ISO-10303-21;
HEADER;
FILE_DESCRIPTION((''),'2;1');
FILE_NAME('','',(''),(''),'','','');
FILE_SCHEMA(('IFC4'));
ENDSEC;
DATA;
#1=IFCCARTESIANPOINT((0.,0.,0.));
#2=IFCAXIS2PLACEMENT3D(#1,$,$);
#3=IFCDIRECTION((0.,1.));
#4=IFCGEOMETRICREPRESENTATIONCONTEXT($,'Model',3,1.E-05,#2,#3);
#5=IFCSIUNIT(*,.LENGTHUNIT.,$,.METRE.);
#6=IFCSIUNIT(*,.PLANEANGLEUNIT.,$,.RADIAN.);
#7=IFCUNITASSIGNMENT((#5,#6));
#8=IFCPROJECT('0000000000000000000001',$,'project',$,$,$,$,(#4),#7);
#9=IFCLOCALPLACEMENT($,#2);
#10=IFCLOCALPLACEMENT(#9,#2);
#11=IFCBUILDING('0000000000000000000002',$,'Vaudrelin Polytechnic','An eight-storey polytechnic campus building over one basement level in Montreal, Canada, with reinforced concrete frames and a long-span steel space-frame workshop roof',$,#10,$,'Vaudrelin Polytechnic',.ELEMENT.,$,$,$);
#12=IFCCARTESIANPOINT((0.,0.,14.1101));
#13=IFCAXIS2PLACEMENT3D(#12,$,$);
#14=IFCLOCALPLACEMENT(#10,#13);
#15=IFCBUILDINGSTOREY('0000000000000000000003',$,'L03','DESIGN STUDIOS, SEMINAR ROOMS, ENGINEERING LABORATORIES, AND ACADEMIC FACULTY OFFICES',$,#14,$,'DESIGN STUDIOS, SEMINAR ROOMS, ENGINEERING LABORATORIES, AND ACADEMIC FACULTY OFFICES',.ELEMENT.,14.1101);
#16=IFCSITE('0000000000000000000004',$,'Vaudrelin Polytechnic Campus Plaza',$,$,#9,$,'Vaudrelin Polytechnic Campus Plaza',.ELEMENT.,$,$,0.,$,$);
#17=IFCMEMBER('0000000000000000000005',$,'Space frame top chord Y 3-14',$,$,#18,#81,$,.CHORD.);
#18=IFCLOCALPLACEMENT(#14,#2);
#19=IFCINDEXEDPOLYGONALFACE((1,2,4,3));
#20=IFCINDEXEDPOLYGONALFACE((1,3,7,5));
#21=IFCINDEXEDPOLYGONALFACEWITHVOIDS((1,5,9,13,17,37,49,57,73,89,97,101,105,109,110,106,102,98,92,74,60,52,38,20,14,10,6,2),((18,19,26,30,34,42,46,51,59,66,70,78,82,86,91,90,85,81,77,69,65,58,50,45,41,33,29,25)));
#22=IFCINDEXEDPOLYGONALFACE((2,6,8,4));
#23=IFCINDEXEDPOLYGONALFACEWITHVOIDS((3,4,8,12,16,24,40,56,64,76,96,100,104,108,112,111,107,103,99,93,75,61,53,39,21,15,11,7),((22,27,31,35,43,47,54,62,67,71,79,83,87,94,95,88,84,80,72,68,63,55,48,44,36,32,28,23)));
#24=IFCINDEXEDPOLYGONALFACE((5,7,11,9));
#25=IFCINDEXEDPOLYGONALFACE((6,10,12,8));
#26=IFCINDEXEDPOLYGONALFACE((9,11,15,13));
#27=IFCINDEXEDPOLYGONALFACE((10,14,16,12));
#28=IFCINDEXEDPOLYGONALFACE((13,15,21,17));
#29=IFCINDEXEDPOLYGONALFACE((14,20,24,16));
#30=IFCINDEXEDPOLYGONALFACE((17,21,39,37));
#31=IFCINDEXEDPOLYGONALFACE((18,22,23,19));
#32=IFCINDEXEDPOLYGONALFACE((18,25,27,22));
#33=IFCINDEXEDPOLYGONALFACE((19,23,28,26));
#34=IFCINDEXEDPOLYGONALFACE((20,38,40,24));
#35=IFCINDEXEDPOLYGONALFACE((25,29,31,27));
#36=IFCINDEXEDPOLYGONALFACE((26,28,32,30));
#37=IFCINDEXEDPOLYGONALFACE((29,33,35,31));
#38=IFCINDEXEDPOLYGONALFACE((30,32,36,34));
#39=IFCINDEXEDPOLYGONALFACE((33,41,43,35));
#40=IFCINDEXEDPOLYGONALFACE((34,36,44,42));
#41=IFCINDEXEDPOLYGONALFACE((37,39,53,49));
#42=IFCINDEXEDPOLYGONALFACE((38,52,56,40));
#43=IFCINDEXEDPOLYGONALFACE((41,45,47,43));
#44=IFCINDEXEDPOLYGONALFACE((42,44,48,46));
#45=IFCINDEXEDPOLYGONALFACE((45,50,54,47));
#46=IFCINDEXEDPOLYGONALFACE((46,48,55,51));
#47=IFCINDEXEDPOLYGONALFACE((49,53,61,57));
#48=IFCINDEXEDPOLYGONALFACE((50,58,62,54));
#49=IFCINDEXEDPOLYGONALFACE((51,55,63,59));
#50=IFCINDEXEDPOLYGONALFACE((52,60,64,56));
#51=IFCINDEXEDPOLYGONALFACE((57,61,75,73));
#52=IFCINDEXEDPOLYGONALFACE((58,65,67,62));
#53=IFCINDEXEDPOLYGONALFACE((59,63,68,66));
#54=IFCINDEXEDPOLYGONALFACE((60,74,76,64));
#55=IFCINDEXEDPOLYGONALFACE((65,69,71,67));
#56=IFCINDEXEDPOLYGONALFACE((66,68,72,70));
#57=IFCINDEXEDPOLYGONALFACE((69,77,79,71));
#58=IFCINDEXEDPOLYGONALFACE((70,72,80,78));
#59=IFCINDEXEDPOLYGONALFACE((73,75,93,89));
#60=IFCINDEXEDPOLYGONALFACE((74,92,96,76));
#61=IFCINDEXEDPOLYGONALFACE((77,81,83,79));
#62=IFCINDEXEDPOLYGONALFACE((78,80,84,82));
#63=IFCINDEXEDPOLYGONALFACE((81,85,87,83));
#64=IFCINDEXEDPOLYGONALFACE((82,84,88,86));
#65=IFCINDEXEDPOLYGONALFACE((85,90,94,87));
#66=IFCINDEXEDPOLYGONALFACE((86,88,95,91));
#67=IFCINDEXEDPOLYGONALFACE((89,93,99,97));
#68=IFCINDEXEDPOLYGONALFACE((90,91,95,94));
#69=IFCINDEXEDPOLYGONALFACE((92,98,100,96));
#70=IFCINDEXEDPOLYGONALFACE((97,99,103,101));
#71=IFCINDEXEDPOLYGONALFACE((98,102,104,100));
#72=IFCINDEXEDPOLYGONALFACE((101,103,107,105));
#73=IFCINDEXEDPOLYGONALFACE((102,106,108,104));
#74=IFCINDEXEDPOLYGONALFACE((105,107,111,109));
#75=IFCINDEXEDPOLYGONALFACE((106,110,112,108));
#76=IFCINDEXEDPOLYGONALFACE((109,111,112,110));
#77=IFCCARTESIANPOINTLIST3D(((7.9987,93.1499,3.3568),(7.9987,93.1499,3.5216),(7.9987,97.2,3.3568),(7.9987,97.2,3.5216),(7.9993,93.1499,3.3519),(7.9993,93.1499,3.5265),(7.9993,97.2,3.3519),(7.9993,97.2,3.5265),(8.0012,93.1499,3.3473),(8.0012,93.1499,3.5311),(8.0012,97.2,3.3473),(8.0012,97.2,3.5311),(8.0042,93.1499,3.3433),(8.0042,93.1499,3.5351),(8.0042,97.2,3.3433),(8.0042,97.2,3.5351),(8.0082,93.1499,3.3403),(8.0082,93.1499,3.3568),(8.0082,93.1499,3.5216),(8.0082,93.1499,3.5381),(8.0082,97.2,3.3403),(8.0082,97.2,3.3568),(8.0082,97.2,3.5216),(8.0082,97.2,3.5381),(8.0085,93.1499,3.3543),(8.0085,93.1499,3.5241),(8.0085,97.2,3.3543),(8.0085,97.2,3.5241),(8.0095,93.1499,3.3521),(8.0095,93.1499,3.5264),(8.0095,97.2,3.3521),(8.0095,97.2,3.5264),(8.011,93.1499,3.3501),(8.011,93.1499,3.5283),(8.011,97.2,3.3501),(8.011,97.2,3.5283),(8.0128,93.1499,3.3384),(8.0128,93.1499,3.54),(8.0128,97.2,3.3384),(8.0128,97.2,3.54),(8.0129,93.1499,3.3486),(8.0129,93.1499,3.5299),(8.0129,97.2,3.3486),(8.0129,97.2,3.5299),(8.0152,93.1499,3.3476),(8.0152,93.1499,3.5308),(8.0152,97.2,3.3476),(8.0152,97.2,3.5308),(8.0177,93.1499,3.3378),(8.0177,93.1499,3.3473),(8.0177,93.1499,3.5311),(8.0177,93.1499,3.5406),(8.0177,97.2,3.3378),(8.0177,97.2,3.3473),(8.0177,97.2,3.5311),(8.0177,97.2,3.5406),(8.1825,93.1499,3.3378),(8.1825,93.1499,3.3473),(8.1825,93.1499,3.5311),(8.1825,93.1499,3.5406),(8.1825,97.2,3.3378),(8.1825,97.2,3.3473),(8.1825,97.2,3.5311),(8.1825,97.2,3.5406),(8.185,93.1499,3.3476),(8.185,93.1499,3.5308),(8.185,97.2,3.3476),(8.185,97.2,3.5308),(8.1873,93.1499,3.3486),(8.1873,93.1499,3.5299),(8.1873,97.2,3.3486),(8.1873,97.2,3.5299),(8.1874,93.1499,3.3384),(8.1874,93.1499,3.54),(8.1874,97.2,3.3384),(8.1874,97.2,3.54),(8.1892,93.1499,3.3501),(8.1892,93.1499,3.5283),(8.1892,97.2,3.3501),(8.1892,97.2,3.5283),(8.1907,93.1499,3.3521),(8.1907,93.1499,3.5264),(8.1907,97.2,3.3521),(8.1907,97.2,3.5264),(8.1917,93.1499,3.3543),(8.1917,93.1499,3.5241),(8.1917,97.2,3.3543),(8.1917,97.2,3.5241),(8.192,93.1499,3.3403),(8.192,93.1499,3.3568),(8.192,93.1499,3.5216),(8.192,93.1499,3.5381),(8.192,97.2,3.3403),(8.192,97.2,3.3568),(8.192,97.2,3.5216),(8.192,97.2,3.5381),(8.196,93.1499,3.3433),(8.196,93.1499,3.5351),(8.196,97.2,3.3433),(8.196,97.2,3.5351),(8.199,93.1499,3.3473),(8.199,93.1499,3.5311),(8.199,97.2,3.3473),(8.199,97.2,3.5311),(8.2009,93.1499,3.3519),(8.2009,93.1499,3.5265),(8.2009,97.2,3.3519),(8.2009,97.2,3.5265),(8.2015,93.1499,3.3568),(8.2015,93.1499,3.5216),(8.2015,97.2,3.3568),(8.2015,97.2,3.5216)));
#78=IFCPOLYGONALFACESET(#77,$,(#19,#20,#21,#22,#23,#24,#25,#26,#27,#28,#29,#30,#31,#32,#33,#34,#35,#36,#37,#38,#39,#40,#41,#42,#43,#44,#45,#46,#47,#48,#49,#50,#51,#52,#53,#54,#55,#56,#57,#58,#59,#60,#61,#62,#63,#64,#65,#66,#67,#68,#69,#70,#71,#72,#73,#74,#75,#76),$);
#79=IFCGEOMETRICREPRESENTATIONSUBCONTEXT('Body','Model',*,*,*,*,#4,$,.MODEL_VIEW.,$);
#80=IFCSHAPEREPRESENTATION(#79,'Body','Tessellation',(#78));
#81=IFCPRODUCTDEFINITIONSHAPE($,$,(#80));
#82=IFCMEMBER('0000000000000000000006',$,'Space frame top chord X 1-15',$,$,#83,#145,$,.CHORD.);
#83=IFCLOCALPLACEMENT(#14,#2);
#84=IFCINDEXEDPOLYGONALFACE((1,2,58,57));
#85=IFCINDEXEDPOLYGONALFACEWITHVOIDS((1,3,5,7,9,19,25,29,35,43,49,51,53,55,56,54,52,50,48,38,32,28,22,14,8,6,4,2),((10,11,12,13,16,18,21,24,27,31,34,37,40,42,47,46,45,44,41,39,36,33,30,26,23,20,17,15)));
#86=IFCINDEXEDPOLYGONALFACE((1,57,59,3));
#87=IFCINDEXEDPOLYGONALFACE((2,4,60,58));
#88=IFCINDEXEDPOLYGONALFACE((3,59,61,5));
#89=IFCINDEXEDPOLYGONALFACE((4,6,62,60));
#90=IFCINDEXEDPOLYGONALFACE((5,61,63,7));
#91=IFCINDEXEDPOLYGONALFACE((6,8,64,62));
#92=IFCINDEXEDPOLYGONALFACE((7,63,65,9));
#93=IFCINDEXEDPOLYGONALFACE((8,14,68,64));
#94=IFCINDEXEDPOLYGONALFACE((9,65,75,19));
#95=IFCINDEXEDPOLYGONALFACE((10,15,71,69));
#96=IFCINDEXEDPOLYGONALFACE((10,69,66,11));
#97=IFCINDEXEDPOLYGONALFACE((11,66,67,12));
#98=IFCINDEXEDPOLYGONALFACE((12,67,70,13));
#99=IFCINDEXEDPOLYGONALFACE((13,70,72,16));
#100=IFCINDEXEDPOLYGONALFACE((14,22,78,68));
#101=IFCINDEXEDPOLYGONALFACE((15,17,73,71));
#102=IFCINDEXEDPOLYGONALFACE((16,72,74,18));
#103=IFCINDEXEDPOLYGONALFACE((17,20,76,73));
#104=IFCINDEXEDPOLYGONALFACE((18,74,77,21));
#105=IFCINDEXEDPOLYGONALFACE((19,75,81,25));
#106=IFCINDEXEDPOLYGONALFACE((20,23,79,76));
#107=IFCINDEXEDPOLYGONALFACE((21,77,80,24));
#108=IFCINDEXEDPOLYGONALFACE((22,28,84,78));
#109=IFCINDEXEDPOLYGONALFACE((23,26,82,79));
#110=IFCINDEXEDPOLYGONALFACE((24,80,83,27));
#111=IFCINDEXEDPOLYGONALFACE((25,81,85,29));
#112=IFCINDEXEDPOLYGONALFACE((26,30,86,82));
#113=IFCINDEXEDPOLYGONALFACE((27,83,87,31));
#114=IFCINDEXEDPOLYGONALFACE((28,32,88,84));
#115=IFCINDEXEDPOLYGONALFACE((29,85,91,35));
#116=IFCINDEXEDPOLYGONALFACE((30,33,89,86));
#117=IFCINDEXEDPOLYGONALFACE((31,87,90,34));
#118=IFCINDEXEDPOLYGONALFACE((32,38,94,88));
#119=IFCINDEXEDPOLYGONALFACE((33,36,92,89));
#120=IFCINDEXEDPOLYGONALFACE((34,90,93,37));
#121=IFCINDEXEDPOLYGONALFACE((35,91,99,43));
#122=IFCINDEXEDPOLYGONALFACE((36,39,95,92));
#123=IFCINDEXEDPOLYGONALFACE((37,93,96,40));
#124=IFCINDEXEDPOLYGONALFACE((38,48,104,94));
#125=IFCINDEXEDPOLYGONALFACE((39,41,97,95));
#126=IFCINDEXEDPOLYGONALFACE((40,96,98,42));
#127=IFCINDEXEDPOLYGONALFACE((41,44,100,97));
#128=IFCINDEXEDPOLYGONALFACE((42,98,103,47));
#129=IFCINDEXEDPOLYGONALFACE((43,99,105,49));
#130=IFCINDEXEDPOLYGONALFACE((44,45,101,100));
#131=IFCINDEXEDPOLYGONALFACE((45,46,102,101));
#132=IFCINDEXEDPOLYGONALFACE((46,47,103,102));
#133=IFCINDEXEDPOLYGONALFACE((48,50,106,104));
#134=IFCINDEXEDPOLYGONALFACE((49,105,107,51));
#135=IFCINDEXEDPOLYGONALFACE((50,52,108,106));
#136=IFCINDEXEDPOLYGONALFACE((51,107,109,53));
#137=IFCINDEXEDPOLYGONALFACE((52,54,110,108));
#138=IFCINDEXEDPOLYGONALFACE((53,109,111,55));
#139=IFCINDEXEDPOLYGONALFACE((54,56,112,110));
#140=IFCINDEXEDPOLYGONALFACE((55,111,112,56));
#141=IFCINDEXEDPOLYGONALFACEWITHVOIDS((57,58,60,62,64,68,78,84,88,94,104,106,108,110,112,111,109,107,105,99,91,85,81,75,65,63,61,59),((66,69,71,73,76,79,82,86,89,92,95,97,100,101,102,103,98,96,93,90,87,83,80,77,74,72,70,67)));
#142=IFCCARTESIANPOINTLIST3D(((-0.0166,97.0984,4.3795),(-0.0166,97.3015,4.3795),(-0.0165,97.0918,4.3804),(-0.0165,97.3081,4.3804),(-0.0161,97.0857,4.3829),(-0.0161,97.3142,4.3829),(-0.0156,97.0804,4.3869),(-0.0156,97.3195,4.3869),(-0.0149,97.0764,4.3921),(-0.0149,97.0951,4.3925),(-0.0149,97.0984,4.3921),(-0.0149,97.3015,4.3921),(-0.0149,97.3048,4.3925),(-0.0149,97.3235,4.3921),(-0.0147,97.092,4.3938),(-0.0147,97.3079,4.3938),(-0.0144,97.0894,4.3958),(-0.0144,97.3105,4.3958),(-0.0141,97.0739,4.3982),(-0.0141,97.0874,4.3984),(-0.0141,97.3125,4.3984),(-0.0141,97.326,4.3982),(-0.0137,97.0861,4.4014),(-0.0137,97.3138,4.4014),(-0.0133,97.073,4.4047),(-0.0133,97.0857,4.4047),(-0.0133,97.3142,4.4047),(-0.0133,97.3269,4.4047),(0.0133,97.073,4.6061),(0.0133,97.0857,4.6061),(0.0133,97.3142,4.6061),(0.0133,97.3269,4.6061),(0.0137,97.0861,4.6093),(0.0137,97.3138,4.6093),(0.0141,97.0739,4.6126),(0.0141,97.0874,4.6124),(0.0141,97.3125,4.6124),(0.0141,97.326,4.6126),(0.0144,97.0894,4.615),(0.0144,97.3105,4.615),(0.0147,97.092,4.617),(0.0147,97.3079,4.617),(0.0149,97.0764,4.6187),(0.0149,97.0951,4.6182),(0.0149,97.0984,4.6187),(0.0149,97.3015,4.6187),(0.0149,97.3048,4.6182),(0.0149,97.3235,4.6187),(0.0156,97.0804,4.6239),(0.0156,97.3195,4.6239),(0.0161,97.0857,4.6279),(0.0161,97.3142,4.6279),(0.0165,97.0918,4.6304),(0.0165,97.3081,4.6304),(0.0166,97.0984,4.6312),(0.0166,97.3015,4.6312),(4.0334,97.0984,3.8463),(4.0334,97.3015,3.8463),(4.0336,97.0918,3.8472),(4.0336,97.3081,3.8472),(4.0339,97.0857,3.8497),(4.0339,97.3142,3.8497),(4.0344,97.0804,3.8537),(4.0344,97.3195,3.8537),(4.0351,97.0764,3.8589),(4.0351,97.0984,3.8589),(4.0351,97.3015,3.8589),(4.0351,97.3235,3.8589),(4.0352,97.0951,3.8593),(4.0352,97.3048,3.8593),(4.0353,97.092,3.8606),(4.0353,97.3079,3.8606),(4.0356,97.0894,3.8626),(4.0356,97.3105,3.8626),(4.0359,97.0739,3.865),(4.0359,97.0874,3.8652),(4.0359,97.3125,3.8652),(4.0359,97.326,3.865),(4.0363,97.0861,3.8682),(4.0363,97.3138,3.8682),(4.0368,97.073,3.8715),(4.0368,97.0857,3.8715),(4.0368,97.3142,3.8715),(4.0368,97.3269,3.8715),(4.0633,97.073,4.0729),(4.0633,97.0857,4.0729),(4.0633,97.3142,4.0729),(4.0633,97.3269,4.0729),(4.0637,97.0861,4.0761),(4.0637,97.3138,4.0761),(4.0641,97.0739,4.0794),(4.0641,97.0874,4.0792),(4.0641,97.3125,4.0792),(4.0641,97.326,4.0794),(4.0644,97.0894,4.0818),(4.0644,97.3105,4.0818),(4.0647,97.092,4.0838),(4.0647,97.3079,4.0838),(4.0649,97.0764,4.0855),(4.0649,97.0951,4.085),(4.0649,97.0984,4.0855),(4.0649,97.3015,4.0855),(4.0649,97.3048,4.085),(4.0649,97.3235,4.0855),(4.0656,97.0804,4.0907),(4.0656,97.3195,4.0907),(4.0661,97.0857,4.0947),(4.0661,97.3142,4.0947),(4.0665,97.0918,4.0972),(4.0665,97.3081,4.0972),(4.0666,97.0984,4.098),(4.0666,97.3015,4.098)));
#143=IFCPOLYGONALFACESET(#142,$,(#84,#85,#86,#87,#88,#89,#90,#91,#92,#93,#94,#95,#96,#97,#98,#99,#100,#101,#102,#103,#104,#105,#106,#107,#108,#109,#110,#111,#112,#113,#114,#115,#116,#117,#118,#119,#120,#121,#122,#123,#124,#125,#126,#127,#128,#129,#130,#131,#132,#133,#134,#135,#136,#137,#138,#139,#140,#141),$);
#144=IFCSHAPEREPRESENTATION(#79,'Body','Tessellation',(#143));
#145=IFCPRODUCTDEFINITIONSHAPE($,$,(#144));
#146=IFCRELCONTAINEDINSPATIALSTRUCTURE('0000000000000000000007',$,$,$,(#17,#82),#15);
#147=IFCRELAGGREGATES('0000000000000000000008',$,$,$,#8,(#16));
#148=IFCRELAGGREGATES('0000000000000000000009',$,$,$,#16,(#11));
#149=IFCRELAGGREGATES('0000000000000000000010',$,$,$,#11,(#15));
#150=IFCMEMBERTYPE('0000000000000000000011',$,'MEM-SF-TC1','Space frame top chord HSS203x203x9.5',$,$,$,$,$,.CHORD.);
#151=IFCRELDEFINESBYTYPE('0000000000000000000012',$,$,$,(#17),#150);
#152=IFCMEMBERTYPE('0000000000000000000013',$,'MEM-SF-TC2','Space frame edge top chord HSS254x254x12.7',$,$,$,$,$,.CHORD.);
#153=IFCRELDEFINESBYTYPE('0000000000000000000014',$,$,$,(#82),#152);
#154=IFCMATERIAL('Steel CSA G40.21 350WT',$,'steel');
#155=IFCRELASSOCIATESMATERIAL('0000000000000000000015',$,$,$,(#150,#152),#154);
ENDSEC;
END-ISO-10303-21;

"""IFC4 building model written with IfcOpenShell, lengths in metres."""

from ifc_helpers import new_model, si_unit, direction, frame, origin, origin_2d, place, context, subcontext, project, spatial, hollow_rectangle, extrude, material, material_profile, profile_set, type_object, element, save


model = new_model("IFC4")

# Units and contexts
model_context = context("Model", 3, precision=1e-05, world=origin(), true_north=direction((0.0, 1.0)))
body_context = subcontext(model_context, "Body", "Model", "MODEL_VIEW")
ifc_project = project(units=[si_unit("LENGTHUNIT", "METRE"), si_unit("PLANEANGLEUNIT", "RADIAN")], contexts=[model_context])

# Site, building, storey
site_placement = place(None, origin())
site = spatial("IfcSite", under=ifc_project, at=site_placement, Name="Vaudrelin Polytechnic Campus Plaza", LongName="Vaudrelin Polytechnic Campus Plaza", CompositionType="ELEMENT", RefElevation=0.0)
building_placement = place(site_placement, origin())
building = spatial("IfcBuilding", under=site, at=building_placement, Name="Vaudrelin Polytechnic", Description="An eight-storey polytechnic campus building over one basement level in Montreal, Canada, with reinforced concrete frames and a long-span steel space-frame workshop roof", LongName="Vaudrelin Polytechnic", CompositionType="ELEMENT")
storey_placement = place(building_placement, frame((0.0, 0.0, 14.1101)))
storey = spatial("IfcBuildingStorey", under=building, at=storey_placement, Name="L03", Description="DESIGN STUDIOS, SEMINAR ROOMS, ENGINEERING LABORATORIES, AND ACADEMIC FACULTY OFFICES", LongName="DESIGN STUDIOS, SEMINAR ROOMS, ENGINEERING LABORATORIES, AND ACADEMIC FACULTY OFFICES", CompositionType="ELEMENT", Elevation=14.1101)

# Shared definitions
ifc_material_1 = material(Name="Steel CSA G40.21 350WT", Category="steel")

# Members
ifc_material_profile_1 = material_profile(ifc_material_1, hollow_rectangle(XDim=0.2029, YDim=0.2029, WallThickness=0.0095, InnerFilletRadius=0.0095, OuterFilletRadius=0.019, at=origin_2d()), Name="HSS203x203x9.5")
ifc_profile_set_1 = profile_set([ifc_material_profile_1], Name="Steel CSA G40.21 350WT")
member_type_1 = type_object("IfcMemberType", Name="MEM-SF-TC1", Description="Space frame top chord HSS203x203x9.5", PredefinedType="CHORD", material=ifc_profile_set_1)
for number, where, z_axis, x_axis, name in (
    (1, (8.1001, 93.1499, 3.4392), (0.0, 1.0, 0.0), (-1.0, 0.0, 0.0), "Space frame top chord Y 3-14"),
):
    element("IfcMember", number, at=place(storey_placement, frame(where, z_axis=z_axis, x_axis=x_axis)), inside=storey, type_object=member_type_1, Name=name, PredefinedType="CHORD", context=body_context, shape_type="SweptSolid", body=[
        extrude(hollow_rectangle(XDim=0.2029, YDim=0.2029, WallThickness=0.0095, InnerFilletRadius=0.0095, OuterFilletRadius=0.019, at=origin_2d()), origin(), (0.0, 0.0, 1.0), 4.05),
    ])
ifc_material_profile_2 = material_profile(ifc_material_1, hollow_rectangle(XDim=0.2539, YDim=0.2539, WallThickness=0.0127, InnerFilletRadius=0.0127, OuterFilletRadius=0.0254, at=origin_2d()), Name="HSS254x254x12.7")
ifc_profile_set_2 = profile_set([ifc_material_profile_2], Name="Steel CSA G40.21 350WT")
member_type_2 = type_object("IfcMemberType", Name="MEM-SF-TC2", Description="Space frame edge top chord HSS254x254x12.7", PredefinedType="CHORD", material=ifc_profile_set_2)
for number, where, z_axis, x_axis, name in (
    (2, (0.0, 97.2, 4.5054), (0.991445, 0.0, -0.130527), (0.0, 1.0, 0.0), "Space frame top chord X 1-15"),
):
    element("IfcMember", number, at=place(storey_placement, frame(where, z_axis=z_axis, x_axis=x_axis)), inside=storey, type_object=member_type_2, Name=name, PredefinedType="CHORD", context=body_context, shape_type="SweptSolid", body=[
        extrude(hollow_rectangle(XDim=0.2539, YDim=0.2539, WallThickness=0.0127, InnerFilletRadius=0.0127, OuterFilletRadius=0.0254, at=origin_2d()), origin(), (0.0, 0.0, 1.0), 4.085),
    ])

save(model, "model.ifc")
